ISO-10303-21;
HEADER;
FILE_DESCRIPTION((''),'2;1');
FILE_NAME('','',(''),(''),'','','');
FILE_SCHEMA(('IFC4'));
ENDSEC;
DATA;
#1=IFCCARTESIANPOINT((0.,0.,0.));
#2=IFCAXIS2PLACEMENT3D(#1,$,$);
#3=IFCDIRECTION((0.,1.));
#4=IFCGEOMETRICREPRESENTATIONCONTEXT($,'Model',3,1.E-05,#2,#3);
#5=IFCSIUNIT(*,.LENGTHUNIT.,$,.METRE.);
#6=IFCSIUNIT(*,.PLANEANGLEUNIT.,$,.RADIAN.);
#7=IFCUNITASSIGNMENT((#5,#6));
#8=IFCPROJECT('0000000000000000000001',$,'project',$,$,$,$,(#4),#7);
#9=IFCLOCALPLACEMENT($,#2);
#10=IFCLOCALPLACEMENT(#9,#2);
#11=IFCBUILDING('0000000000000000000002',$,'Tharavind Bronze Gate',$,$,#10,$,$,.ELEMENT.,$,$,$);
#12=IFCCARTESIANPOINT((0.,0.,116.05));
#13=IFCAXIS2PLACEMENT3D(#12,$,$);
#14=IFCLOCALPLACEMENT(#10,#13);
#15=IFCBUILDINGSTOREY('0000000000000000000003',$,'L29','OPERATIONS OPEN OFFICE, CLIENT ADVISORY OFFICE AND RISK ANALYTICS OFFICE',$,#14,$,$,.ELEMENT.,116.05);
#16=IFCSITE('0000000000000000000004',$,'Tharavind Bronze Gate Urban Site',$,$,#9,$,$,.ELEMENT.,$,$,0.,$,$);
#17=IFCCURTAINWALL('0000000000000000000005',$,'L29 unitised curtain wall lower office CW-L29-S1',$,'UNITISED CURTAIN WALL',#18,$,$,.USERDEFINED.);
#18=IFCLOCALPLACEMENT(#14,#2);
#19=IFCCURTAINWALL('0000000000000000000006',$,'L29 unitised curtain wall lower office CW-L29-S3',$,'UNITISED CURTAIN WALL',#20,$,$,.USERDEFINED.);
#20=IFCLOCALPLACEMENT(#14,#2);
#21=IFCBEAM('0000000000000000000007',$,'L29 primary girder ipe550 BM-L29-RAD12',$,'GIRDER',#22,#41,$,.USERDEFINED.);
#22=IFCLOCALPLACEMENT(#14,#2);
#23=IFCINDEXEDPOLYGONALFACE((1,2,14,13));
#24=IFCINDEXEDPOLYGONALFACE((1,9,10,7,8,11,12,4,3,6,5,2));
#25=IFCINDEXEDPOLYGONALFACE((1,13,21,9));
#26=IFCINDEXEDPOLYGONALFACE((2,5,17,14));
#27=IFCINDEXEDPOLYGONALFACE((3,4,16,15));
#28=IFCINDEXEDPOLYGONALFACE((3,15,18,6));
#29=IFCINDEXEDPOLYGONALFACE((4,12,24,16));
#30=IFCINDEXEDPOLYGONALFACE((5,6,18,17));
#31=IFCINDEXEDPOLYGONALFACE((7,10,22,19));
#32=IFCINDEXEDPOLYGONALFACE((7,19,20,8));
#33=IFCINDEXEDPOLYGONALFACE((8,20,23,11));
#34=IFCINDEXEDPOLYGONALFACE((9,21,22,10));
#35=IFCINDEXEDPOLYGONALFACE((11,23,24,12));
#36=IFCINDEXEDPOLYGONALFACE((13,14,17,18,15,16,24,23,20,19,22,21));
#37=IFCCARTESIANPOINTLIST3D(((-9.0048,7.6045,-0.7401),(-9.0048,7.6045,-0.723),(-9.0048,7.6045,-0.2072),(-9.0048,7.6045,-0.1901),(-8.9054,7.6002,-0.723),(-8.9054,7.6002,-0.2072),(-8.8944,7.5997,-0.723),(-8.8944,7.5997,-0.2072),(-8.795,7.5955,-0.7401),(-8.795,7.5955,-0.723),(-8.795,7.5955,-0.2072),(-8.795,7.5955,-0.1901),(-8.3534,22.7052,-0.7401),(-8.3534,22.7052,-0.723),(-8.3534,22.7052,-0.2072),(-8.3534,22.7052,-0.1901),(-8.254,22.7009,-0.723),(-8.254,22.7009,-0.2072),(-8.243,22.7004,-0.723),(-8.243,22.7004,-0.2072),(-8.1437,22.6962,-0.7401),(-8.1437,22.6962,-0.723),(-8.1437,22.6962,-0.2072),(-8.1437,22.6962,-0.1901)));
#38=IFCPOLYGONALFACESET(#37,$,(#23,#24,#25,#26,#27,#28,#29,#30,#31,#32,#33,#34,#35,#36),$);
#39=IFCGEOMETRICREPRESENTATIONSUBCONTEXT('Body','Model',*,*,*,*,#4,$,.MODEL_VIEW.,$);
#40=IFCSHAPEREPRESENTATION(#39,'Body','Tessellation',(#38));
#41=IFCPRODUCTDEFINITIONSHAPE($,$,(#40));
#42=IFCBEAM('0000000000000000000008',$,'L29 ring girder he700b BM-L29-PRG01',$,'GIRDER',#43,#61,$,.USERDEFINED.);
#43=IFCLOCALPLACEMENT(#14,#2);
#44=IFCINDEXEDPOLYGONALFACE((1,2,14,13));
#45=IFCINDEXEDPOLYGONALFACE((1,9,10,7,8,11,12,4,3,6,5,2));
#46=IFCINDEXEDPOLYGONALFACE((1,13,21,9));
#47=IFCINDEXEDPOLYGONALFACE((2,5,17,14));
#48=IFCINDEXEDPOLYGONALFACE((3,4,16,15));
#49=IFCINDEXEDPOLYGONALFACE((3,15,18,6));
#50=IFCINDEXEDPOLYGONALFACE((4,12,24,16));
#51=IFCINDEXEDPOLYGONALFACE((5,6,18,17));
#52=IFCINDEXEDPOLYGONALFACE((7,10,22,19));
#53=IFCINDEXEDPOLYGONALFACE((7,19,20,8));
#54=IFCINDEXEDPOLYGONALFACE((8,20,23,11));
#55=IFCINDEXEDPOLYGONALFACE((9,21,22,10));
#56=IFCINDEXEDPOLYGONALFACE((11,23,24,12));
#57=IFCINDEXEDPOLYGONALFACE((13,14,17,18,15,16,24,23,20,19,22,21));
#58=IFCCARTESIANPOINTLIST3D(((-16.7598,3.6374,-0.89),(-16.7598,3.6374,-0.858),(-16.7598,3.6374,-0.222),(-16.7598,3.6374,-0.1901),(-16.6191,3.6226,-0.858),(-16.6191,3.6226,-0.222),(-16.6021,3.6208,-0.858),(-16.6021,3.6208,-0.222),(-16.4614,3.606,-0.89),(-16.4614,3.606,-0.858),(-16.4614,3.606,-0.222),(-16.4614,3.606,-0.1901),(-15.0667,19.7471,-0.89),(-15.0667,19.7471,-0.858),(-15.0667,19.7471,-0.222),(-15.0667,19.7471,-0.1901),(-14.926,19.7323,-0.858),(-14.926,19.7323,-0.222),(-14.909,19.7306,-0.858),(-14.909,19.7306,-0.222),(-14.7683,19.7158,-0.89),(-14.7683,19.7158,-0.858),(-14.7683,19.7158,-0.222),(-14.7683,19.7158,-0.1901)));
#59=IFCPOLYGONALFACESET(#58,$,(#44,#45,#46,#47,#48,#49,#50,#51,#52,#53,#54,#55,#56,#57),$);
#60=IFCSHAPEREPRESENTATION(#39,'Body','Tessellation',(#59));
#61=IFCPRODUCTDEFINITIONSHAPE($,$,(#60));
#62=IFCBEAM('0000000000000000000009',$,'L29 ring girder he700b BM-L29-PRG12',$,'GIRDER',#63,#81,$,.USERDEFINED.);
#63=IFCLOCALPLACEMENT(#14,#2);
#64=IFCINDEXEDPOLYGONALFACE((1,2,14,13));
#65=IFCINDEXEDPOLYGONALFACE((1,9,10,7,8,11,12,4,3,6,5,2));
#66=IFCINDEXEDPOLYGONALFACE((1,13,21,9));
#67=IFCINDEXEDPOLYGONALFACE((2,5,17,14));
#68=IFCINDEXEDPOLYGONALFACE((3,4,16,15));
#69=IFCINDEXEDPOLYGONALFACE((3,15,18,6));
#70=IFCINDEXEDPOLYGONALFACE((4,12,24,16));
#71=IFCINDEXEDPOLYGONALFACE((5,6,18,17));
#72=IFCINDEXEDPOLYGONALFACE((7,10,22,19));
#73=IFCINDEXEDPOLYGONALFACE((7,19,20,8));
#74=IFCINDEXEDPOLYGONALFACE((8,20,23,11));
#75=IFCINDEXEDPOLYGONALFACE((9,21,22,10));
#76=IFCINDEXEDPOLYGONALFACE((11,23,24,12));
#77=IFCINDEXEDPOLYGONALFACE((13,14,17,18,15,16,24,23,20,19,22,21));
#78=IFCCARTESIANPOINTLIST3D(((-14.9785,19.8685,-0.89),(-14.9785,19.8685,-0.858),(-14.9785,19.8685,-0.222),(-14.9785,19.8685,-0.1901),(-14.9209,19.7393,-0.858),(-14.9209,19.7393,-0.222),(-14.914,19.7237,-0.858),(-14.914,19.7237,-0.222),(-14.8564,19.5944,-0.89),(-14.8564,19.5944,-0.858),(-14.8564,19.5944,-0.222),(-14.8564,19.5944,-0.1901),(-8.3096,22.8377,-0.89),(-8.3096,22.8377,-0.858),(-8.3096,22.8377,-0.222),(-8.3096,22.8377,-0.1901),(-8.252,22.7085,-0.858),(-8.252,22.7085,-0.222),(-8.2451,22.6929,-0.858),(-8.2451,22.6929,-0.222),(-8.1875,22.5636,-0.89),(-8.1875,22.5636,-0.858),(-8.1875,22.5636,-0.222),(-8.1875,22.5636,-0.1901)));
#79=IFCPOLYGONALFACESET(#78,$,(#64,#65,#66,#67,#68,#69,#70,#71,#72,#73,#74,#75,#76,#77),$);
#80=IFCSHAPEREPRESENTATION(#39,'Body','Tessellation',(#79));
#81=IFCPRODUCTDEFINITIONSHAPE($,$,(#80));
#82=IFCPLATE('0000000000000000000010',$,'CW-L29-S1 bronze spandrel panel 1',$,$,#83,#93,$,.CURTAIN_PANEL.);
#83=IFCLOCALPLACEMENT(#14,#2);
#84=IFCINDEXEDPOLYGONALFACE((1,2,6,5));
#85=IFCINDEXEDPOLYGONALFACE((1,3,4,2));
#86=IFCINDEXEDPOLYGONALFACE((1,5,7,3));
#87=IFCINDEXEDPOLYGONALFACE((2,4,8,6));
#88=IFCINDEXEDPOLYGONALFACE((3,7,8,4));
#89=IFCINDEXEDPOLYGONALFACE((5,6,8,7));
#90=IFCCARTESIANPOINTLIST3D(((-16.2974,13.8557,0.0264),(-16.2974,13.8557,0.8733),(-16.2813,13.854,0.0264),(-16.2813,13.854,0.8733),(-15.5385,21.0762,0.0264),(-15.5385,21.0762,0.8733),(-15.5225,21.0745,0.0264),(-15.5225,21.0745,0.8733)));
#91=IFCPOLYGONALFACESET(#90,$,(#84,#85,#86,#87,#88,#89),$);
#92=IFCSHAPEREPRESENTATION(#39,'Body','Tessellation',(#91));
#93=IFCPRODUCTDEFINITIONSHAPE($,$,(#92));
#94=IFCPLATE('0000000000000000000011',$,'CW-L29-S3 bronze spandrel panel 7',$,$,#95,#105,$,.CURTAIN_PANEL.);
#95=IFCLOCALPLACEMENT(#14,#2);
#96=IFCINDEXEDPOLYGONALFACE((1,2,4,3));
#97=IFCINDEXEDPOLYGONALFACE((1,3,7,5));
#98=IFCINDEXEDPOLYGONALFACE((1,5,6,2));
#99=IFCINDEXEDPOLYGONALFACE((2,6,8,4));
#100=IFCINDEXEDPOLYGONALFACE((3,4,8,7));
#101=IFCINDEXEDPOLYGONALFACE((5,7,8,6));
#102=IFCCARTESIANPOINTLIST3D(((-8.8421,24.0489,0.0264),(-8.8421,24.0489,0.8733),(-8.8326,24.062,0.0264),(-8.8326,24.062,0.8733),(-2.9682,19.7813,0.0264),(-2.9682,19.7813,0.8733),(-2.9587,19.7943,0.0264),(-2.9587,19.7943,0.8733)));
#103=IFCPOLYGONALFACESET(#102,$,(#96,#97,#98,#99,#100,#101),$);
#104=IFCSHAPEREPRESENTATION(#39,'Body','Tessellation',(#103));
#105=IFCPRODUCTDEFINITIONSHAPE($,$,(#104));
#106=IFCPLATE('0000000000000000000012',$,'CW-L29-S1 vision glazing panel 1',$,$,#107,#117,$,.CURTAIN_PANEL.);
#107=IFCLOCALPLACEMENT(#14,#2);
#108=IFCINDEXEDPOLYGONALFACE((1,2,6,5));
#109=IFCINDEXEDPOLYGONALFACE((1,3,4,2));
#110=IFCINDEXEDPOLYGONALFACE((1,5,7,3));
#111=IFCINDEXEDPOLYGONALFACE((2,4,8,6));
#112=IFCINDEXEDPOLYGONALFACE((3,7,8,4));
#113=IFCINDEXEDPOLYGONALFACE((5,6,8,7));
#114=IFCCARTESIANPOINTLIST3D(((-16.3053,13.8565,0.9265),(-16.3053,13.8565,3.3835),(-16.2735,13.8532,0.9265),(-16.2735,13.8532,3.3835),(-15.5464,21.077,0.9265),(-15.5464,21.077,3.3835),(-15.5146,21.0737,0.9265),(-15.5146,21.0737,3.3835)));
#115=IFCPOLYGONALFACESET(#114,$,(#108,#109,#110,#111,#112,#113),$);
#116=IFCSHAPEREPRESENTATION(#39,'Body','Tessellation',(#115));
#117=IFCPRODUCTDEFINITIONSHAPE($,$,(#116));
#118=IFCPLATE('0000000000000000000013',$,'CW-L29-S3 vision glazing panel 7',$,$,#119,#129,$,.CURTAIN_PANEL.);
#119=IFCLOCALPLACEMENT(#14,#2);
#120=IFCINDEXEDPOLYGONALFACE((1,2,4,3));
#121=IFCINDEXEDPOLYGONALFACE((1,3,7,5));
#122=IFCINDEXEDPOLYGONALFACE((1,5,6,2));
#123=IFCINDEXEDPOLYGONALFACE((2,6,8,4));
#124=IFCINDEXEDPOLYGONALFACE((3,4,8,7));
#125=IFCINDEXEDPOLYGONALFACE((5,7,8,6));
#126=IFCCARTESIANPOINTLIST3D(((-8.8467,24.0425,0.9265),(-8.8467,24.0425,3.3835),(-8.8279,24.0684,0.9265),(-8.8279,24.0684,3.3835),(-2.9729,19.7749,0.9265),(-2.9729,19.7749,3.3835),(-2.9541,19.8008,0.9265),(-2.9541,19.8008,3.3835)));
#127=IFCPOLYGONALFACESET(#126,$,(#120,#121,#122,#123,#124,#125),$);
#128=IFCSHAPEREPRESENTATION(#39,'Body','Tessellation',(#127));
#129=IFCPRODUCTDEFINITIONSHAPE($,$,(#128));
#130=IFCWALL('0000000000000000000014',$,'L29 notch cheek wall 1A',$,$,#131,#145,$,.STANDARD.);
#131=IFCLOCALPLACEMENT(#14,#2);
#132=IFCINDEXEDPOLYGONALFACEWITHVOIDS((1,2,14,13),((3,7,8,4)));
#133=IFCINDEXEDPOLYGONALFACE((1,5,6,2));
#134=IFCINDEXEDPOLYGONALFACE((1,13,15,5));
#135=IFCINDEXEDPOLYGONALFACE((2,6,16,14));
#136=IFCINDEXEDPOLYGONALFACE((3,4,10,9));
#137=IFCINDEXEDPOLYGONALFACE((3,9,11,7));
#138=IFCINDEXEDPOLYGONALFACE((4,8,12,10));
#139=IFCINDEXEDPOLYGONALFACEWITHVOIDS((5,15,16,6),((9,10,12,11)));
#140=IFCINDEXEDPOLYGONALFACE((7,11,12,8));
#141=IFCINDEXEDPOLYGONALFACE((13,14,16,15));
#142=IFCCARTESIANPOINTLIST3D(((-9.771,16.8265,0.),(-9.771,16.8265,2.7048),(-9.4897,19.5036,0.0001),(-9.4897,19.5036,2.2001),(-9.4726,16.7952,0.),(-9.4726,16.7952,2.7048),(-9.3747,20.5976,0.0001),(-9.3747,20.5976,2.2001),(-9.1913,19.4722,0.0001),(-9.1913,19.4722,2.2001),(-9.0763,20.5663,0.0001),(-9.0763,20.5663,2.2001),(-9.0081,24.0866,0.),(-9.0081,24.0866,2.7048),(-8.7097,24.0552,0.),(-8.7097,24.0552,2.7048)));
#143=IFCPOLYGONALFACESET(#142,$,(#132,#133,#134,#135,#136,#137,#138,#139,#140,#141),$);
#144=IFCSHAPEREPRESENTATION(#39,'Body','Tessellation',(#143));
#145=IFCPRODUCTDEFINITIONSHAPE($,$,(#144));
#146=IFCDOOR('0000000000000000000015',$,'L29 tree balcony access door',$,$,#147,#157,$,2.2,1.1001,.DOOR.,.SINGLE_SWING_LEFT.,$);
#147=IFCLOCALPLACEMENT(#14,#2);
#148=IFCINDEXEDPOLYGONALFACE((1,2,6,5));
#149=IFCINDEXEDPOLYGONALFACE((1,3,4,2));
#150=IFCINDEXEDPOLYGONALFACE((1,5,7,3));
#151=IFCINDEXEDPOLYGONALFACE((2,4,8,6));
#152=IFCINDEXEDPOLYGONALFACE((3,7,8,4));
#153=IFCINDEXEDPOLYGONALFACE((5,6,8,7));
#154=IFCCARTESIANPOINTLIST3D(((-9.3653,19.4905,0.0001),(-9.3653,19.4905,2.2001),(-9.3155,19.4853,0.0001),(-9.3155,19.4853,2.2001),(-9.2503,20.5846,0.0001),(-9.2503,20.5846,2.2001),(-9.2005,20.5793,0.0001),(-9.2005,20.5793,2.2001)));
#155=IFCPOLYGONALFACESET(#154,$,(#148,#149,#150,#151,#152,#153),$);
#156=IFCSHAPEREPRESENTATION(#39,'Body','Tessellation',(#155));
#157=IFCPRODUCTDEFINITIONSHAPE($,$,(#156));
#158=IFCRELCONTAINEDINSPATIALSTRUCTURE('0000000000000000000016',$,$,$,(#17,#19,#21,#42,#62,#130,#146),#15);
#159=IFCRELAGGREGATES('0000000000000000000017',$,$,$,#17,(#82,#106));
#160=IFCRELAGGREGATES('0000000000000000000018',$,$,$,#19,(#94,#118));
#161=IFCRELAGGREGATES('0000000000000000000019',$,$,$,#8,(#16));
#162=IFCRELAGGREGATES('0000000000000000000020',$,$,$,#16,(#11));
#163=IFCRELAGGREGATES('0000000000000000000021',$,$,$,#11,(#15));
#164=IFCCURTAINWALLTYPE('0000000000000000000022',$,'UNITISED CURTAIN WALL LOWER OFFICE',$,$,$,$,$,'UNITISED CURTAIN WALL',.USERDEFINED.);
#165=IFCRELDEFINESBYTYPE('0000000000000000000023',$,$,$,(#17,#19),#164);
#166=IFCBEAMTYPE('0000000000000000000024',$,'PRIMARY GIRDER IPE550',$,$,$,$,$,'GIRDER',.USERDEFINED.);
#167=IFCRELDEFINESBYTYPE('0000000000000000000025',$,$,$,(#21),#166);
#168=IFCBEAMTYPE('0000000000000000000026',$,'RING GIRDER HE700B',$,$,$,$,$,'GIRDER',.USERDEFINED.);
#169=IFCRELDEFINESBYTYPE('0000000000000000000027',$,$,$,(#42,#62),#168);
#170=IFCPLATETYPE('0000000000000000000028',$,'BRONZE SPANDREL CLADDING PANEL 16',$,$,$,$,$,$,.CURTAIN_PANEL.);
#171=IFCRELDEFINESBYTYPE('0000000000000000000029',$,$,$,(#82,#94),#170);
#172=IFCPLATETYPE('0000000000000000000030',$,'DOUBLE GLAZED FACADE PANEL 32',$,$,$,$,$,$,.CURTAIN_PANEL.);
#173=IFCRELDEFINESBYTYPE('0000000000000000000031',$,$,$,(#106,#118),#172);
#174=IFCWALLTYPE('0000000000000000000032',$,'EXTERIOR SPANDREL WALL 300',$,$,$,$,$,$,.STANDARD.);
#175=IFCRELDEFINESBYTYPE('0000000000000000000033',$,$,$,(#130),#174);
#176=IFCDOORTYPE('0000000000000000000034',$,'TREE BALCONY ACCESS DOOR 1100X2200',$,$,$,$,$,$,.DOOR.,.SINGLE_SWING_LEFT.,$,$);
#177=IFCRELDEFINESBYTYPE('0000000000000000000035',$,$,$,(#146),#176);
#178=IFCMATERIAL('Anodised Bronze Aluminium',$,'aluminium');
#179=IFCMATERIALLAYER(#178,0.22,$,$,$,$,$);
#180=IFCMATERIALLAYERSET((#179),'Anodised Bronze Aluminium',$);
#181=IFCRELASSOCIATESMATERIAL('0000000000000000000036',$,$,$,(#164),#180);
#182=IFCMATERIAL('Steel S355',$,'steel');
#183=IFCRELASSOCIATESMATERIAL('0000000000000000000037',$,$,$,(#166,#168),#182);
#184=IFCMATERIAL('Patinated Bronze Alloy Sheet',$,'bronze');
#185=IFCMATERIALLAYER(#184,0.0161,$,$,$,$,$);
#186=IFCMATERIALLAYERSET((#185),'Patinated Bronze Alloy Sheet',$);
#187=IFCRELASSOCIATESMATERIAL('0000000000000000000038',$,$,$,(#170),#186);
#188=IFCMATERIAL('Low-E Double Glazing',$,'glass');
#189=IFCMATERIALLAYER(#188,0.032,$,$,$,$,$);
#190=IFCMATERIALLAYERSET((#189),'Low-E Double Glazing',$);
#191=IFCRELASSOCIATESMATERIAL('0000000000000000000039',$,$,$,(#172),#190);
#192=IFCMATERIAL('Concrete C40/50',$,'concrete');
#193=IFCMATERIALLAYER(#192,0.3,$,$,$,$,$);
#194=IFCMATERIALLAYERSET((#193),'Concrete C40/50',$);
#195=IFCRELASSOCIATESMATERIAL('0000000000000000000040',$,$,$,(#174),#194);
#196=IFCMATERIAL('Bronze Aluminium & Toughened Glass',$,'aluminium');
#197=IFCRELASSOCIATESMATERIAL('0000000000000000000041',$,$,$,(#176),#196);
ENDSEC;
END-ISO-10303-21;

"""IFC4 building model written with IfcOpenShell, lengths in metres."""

from ifc_helpers import new_model, si_unit, direction, frame, frame_2d, origin, origin_2d, place, context, subcontext, project, spatial, rectangle, i_section, extrude, material, layer, layer_set, material_profile, profile_set, type_object, element, fill, aggregate, save


model = new_model("IFC4")

# Units and contexts
model_context = context("Model", 3, precision=1e-05, world=origin(), true_north=direction((0.0, 1.0)))
body_context = subcontext(model_context, "Body", "Model", "MODEL_VIEW")
ifc_project = project(units=[si_unit("LENGTHUNIT", "METRE"), si_unit("PLANEANGLEUNIT", "RADIAN")], contexts=[model_context])

# Site, building, storey
site_placement = place(None, origin())
site = spatial("IfcSite", under=ifc_project, at=site_placement, Name="Tharavind Bronze Gate Urban Site", CompositionType="ELEMENT", RefElevation=0.0)
building_placement = place(site_placement, origin())
building = spatial("IfcBuilding", under=site, at=building_placement, Name="Tharavind Bronze Gate", CompositionType="ELEMENT")
storey_placement = place(building_placement, frame((0.0, 0.0, 116.05)))
storey = spatial("IfcBuildingStorey", under=building, at=storey_placement, Name="L29", Description="OPERATIONS OPEN OFFICE, CLIENT ADVISORY OFFICE AND RISK ANALYTICS OFFICE", CompositionType="ELEMENT", Elevation=116.05)

# Curtain wall
ifc_material_1 = material(Name="Anodised Bronze Aluminium", Category="aluminium")
ifc_layer_1 = layer(ifc_material_1, 0.22)
ifc_layer_set_1 = layer_set([ifc_layer_1], Name="Anodised Bronze Aluminium")
curtain_wall_type = type_object("IfcCurtainWallType", Name="UNITISED CURTAIN WALL LOWER OFFICE", ElementType="UNITISED CURTAIN WALL", PredefinedType="USERDEFINED", material=ifc_layer_set_1)
curtain_wall_1_placement = place(storey_placement, origin())
curtain_wall_1 = element("IfcCurtainWall", 1, at=curtain_wall_1_placement, inside=storey, type_object=curtain_wall_type, Name="L29 unitised curtain wall lower office CW-L29-S1", ObjectType="UNITISED CURTAIN WALL", PredefinedType="USERDEFINED")

# Curtain wall
curtain_wall_2_placement = place(storey_placement, origin())
curtain_wall_2 = element("IfcCurtainWall", 2, at=curtain_wall_2_placement, inside=storey, type_object=curtain_wall_type, Name="L29 unitised curtain wall lower office CW-L29-S3", ObjectType="UNITISED CURTAIN WALL", PredefinedType="USERDEFINED")

# Beams
ifc_material_2 = material(Name="Steel S355", Category="steel")
ifc_material_profile_1 = material_profile(ifc_material_2, i_section(OverallWidth=0.21, OverallDepth=0.55, WebThickness=0.011, FlangeThickness=0.0171, at=origin_2d()), Name="IPE550")
ifc_profile_set_1 = profile_set([ifc_material_profile_1], Name="Steel S355")
beam_type_1 = type_object("IfcBeamType", Name="PRIMARY GIRDER IPE550", ElementType="GIRDER", PredefinedType="USERDEFINED", material=ifc_profile_set_1)
beam_1_placement = place(storey_placement, frame((-8.2485, 22.7007, -0.4651), z_axis=(-0.043095, -0.999071, 0.0), x_axis=(0.999071, -0.043095, 0.0)))
element("IfcBeam", 3, at=beam_1_placement, inside=storey, type_object=beam_type_1, Name="L29 primary girder ipe550 BM-L29-RAD12", ObjectType="GIRDER", PredefinedType="USERDEFINED", context=body_context, shape_type="SweptSolid", body=[
    extrude(i_section(OverallWidth=0.21, OverallDepth=0.55, WebThickness=0.011, FlangeThickness=0.0171, at=origin_2d()), origin(), (0.0, 0.0, 1.0), 15.1147),
])
ifc_material_profile_2 = material_profile(ifc_material_2, i_section(OverallWidth=0.3, OverallDepth=0.7, WebThickness=0.0171, FlangeThickness=0.032, at=origin_2d()), Name="HE700B")
ifc_profile_set_2 = profile_set([ifc_material_profile_2], Name="Steel S355")
beam_type_2 = type_object("IfcBeamType", Name="RING GIRDER HE700B", ElementType="GIRDER", PredefinedType="USERDEFINED", material=ifc_profile_set_2)
beam_2_placement = place(storey_placement, frame((-14.9175, 19.7314, -0.54), z_axis=(-0.104522, -0.994523, 0.0), x_axis=(0.994523, -0.104522, 0.0)))
element("IfcBeam", 4, at=beam_2_placement, inside=storey, type_object=beam_type_2, Name="L29 ring girder he700b BM-L29-PRG01", ObjectType="GIRDER", PredefinedType="USERDEFINED", context=body_context, shape_type="SweptSolid", body=[
    extrude(i_section(OverallWidth=0.3, OverallDepth=0.7, WebThickness=0.0171, FlangeThickness=0.032, at=origin_2d()), origin(), (0.0, 0.0, 1.0), 16.1985),
])
beam_3_placement = place(storey_placement, frame((-8.2485, 22.7007, -0.54), z_axis=(-0.913544, -0.40674, 0.0), x_axis=(0.40674, -0.913544, 0.0)))
element("IfcBeam", 5, at=beam_3_placement, inside=storey, type_object=beam_type_2, Name="L29 ring girder he700b BM-L29-PRG12", ObjectType="GIRDER", PredefinedType="USERDEFINED", context=body_context, shape_type="SweptSolid", body=[
    extrude(i_section(OverallWidth=0.3, OverallDepth=0.7, WebThickness=0.0171, FlangeThickness=0.032, at=origin_2d()), origin(), (0.0, 0.0, 1.0), 7.3),
])

# Plates
ifc_material_3 = material(Name="Patinated Bronze Alloy Sheet", Category="bronze")
ifc_layer_2 = layer(ifc_material_3, 0.0161)
ifc_layer_set_2 = layer_set([ifc_layer_2], Name="Patinated Bronze Alloy Sheet")
plate_type_1 = type_object("IfcPlateType", Name="BRONZE SPANDREL CLADDING PANEL 16", PredefinedType="CURTAIN_PANEL", material=ifc_layer_set_2)
plate_1_placement = place(storey_placement, frame((-15.9099, 17.4651, 0.0264), z_axis=(0.0, 0.0, 1.0), x_axis=(-0.104527, -0.994522, 0.0)))
plate_1 = element("IfcPlate", 6, at=plate_1_placement, type_object=plate_type_1, Name="CW-L29-S1 bronze spandrel panel 1", PredefinedType="CURTAIN_PANEL", context=body_context, shape_type="SweptSolid", body=[
    extrude(rectangle(XDim=7.2603, YDim=0.0161, at=origin_2d()), origin(), (0.0, 0.0, 1.0), 0.8469),
])
plate_2_placement = place(storey_placement, frame((-5.9004, 21.9216, 0.0264), z_axis=(0.0, 0.0, 1.0), x_axis=(-0.809017, 0.587785, 0.0)))
plate_2 = element("IfcPlate", 7, at=plate_2_placement, type_object=plate_type_1, Name="CW-L29-S3 bronze spandrel panel 7", PredefinedType="CURTAIN_PANEL", context=body_context, shape_type="SweptSolid", body=[
    extrude(rectangle(XDim=7.2605, YDim=0.0161, at=origin_2d()), origin(), (0.0, 0.0, 1.0), 0.8469),
])
ifc_material_4 = material(Name="Low-E Double Glazing", Category="glass")
ifc_layer_3 = layer(ifc_material_4, 0.032)
ifc_layer_set_3 = layer_set([ifc_layer_3], Name="Low-E Double Glazing")
plate_type_2 = type_object("IfcPlateType", Name="DOUBLE GLAZED FACADE PANEL 32", PredefinedType="CURTAIN_PANEL", material=ifc_layer_set_3)
plate_3_placement = place(storey_placement, frame((-15.9099, 17.4651, 0.9265), z_axis=(0.0, 0.0, 1.0), x_axis=(-0.104527, -0.994522, 0.0)))
plate_3 = element("IfcPlate", 8, at=plate_3_placement, type_object=plate_type_2, Name="CW-L29-S1 vision glazing panel 1", PredefinedType="CURTAIN_PANEL", context=body_context, shape_type="SweptSolid", body=[
    extrude(rectangle(XDim=7.2603, YDim=0.032, at=origin_2d()), origin(), (0.0, 0.0, 1.0), 2.457),
])
aggregate(curtain_wall_1, [plate_1, plate_3])
plate_4_placement = place(storey_placement, frame((-5.9004, 21.9216, 0.9265), z_axis=(0.0, 0.0, 1.0), x_axis=(-0.809017, 0.587785, 0.0)))
plate_4 = element("IfcPlate", 9, at=plate_4_placement, type_object=plate_type_2, Name="CW-L29-S3 vision glazing panel 7", PredefinedType="CURTAIN_PANEL", context=body_context, shape_type="SweptSolid", body=[
    extrude(rectangle(XDim=7.2605, YDim=0.032, at=origin_2d()), origin(), (0.0, 0.0, 1.0), 2.457),
])
aggregate(curtain_wall_2, [plate_2, plate_4])

# Wall, opening, door
ifc_material_5 = material(Name="Concrete C40/50", Category="concrete")
ifc_layer_4 = layer(ifc_material_5, 0.3)
ifc_layer_set_4 = layer_set([ifc_layer_4], Name="Concrete C40/50")
wall_type = type_object("IfcWallType", Name="EXTERIOR SPANDREL WALL 300", PredefinedType="STANDARD", material=ifc_layer_set_4)
wall_placement = place(storey_placement, frame((-8.8589, 24.0708, 0.0), z_axis=(0.0, 0.0, 1.0), x_axis=(-0.104512, -0.994524, 0.0)))
wall = element("IfcWall", 10, at=wall_placement, inside=storey, type_object=wall_type, Name="L29 notch cheek wall 1A", PredefinedType="STANDARD", context=body_context, shape_type="SweptSolid", body=[
    extrude(rectangle(XDim=7.3, YDim=0.3, at=frame_2d((3.6499, 0.0))), origin(), (0.0, 0.0, 1.0), 2.7048),
])
opening_placement = place(wall_placement, frame((3.5081, 0.0, 0.0)))
opening = element("IfcOpeningElement", 11, at=opening_placement, cuts=wall, PredefinedType="OPENING", context=body_context, shape_type="SweptSolid", body=[
    extrude(rectangle(XDim=1.1001, YDim=2.2, at=frame_2d((0.55, 1.1001))), frame((0.0, 0.1599, 0.0), z_axis=(0.0, -1.0, 0.0), x_axis=(1.0, 0.0, 0.0)), (0.0, 0.0, 1.0), 0.32),
])
ifc_material_6 = material(Name="Bronze Aluminium & Toughened Glass", Category="aluminium")
door_type = type_object("IfcDoorType", Name="TREE BALCONY ACCESS DOOR 1100X2200", OperationType="SINGLE_SWING_LEFT", PredefinedType="DOOR", material=ifc_material_6)
door_placement = place(opening_placement, frame((1.1001, 0.0, 0.0), z_axis=(0.0, 0.0, 1.0), x_axis=(-1.0, 0.0, 0.0)))
door = element("IfcDoor", 12, at=door_placement, inside=storey, type_object=door_type, Name="L29 tree balcony access door", OperationType="SINGLE_SWING_LEFT", OverallHeight=2.2, OverallWidth=1.1001, PredefinedType="DOOR", context=body_context, shape_type="SweptSolid", body=[
    extrude(rectangle(XDim=1.1001, YDim=2.2, at=frame_2d((0.55, 1.1001))), frame((0.0, 0.0249, 0.0), z_axis=(0.0, -1.0, 0.0), x_axis=(1.0, 0.0, 0.0)), (0.0, 0.0, 1.0), 0.05),
])
fill(opening, door)

save(model, "model.ifc")
